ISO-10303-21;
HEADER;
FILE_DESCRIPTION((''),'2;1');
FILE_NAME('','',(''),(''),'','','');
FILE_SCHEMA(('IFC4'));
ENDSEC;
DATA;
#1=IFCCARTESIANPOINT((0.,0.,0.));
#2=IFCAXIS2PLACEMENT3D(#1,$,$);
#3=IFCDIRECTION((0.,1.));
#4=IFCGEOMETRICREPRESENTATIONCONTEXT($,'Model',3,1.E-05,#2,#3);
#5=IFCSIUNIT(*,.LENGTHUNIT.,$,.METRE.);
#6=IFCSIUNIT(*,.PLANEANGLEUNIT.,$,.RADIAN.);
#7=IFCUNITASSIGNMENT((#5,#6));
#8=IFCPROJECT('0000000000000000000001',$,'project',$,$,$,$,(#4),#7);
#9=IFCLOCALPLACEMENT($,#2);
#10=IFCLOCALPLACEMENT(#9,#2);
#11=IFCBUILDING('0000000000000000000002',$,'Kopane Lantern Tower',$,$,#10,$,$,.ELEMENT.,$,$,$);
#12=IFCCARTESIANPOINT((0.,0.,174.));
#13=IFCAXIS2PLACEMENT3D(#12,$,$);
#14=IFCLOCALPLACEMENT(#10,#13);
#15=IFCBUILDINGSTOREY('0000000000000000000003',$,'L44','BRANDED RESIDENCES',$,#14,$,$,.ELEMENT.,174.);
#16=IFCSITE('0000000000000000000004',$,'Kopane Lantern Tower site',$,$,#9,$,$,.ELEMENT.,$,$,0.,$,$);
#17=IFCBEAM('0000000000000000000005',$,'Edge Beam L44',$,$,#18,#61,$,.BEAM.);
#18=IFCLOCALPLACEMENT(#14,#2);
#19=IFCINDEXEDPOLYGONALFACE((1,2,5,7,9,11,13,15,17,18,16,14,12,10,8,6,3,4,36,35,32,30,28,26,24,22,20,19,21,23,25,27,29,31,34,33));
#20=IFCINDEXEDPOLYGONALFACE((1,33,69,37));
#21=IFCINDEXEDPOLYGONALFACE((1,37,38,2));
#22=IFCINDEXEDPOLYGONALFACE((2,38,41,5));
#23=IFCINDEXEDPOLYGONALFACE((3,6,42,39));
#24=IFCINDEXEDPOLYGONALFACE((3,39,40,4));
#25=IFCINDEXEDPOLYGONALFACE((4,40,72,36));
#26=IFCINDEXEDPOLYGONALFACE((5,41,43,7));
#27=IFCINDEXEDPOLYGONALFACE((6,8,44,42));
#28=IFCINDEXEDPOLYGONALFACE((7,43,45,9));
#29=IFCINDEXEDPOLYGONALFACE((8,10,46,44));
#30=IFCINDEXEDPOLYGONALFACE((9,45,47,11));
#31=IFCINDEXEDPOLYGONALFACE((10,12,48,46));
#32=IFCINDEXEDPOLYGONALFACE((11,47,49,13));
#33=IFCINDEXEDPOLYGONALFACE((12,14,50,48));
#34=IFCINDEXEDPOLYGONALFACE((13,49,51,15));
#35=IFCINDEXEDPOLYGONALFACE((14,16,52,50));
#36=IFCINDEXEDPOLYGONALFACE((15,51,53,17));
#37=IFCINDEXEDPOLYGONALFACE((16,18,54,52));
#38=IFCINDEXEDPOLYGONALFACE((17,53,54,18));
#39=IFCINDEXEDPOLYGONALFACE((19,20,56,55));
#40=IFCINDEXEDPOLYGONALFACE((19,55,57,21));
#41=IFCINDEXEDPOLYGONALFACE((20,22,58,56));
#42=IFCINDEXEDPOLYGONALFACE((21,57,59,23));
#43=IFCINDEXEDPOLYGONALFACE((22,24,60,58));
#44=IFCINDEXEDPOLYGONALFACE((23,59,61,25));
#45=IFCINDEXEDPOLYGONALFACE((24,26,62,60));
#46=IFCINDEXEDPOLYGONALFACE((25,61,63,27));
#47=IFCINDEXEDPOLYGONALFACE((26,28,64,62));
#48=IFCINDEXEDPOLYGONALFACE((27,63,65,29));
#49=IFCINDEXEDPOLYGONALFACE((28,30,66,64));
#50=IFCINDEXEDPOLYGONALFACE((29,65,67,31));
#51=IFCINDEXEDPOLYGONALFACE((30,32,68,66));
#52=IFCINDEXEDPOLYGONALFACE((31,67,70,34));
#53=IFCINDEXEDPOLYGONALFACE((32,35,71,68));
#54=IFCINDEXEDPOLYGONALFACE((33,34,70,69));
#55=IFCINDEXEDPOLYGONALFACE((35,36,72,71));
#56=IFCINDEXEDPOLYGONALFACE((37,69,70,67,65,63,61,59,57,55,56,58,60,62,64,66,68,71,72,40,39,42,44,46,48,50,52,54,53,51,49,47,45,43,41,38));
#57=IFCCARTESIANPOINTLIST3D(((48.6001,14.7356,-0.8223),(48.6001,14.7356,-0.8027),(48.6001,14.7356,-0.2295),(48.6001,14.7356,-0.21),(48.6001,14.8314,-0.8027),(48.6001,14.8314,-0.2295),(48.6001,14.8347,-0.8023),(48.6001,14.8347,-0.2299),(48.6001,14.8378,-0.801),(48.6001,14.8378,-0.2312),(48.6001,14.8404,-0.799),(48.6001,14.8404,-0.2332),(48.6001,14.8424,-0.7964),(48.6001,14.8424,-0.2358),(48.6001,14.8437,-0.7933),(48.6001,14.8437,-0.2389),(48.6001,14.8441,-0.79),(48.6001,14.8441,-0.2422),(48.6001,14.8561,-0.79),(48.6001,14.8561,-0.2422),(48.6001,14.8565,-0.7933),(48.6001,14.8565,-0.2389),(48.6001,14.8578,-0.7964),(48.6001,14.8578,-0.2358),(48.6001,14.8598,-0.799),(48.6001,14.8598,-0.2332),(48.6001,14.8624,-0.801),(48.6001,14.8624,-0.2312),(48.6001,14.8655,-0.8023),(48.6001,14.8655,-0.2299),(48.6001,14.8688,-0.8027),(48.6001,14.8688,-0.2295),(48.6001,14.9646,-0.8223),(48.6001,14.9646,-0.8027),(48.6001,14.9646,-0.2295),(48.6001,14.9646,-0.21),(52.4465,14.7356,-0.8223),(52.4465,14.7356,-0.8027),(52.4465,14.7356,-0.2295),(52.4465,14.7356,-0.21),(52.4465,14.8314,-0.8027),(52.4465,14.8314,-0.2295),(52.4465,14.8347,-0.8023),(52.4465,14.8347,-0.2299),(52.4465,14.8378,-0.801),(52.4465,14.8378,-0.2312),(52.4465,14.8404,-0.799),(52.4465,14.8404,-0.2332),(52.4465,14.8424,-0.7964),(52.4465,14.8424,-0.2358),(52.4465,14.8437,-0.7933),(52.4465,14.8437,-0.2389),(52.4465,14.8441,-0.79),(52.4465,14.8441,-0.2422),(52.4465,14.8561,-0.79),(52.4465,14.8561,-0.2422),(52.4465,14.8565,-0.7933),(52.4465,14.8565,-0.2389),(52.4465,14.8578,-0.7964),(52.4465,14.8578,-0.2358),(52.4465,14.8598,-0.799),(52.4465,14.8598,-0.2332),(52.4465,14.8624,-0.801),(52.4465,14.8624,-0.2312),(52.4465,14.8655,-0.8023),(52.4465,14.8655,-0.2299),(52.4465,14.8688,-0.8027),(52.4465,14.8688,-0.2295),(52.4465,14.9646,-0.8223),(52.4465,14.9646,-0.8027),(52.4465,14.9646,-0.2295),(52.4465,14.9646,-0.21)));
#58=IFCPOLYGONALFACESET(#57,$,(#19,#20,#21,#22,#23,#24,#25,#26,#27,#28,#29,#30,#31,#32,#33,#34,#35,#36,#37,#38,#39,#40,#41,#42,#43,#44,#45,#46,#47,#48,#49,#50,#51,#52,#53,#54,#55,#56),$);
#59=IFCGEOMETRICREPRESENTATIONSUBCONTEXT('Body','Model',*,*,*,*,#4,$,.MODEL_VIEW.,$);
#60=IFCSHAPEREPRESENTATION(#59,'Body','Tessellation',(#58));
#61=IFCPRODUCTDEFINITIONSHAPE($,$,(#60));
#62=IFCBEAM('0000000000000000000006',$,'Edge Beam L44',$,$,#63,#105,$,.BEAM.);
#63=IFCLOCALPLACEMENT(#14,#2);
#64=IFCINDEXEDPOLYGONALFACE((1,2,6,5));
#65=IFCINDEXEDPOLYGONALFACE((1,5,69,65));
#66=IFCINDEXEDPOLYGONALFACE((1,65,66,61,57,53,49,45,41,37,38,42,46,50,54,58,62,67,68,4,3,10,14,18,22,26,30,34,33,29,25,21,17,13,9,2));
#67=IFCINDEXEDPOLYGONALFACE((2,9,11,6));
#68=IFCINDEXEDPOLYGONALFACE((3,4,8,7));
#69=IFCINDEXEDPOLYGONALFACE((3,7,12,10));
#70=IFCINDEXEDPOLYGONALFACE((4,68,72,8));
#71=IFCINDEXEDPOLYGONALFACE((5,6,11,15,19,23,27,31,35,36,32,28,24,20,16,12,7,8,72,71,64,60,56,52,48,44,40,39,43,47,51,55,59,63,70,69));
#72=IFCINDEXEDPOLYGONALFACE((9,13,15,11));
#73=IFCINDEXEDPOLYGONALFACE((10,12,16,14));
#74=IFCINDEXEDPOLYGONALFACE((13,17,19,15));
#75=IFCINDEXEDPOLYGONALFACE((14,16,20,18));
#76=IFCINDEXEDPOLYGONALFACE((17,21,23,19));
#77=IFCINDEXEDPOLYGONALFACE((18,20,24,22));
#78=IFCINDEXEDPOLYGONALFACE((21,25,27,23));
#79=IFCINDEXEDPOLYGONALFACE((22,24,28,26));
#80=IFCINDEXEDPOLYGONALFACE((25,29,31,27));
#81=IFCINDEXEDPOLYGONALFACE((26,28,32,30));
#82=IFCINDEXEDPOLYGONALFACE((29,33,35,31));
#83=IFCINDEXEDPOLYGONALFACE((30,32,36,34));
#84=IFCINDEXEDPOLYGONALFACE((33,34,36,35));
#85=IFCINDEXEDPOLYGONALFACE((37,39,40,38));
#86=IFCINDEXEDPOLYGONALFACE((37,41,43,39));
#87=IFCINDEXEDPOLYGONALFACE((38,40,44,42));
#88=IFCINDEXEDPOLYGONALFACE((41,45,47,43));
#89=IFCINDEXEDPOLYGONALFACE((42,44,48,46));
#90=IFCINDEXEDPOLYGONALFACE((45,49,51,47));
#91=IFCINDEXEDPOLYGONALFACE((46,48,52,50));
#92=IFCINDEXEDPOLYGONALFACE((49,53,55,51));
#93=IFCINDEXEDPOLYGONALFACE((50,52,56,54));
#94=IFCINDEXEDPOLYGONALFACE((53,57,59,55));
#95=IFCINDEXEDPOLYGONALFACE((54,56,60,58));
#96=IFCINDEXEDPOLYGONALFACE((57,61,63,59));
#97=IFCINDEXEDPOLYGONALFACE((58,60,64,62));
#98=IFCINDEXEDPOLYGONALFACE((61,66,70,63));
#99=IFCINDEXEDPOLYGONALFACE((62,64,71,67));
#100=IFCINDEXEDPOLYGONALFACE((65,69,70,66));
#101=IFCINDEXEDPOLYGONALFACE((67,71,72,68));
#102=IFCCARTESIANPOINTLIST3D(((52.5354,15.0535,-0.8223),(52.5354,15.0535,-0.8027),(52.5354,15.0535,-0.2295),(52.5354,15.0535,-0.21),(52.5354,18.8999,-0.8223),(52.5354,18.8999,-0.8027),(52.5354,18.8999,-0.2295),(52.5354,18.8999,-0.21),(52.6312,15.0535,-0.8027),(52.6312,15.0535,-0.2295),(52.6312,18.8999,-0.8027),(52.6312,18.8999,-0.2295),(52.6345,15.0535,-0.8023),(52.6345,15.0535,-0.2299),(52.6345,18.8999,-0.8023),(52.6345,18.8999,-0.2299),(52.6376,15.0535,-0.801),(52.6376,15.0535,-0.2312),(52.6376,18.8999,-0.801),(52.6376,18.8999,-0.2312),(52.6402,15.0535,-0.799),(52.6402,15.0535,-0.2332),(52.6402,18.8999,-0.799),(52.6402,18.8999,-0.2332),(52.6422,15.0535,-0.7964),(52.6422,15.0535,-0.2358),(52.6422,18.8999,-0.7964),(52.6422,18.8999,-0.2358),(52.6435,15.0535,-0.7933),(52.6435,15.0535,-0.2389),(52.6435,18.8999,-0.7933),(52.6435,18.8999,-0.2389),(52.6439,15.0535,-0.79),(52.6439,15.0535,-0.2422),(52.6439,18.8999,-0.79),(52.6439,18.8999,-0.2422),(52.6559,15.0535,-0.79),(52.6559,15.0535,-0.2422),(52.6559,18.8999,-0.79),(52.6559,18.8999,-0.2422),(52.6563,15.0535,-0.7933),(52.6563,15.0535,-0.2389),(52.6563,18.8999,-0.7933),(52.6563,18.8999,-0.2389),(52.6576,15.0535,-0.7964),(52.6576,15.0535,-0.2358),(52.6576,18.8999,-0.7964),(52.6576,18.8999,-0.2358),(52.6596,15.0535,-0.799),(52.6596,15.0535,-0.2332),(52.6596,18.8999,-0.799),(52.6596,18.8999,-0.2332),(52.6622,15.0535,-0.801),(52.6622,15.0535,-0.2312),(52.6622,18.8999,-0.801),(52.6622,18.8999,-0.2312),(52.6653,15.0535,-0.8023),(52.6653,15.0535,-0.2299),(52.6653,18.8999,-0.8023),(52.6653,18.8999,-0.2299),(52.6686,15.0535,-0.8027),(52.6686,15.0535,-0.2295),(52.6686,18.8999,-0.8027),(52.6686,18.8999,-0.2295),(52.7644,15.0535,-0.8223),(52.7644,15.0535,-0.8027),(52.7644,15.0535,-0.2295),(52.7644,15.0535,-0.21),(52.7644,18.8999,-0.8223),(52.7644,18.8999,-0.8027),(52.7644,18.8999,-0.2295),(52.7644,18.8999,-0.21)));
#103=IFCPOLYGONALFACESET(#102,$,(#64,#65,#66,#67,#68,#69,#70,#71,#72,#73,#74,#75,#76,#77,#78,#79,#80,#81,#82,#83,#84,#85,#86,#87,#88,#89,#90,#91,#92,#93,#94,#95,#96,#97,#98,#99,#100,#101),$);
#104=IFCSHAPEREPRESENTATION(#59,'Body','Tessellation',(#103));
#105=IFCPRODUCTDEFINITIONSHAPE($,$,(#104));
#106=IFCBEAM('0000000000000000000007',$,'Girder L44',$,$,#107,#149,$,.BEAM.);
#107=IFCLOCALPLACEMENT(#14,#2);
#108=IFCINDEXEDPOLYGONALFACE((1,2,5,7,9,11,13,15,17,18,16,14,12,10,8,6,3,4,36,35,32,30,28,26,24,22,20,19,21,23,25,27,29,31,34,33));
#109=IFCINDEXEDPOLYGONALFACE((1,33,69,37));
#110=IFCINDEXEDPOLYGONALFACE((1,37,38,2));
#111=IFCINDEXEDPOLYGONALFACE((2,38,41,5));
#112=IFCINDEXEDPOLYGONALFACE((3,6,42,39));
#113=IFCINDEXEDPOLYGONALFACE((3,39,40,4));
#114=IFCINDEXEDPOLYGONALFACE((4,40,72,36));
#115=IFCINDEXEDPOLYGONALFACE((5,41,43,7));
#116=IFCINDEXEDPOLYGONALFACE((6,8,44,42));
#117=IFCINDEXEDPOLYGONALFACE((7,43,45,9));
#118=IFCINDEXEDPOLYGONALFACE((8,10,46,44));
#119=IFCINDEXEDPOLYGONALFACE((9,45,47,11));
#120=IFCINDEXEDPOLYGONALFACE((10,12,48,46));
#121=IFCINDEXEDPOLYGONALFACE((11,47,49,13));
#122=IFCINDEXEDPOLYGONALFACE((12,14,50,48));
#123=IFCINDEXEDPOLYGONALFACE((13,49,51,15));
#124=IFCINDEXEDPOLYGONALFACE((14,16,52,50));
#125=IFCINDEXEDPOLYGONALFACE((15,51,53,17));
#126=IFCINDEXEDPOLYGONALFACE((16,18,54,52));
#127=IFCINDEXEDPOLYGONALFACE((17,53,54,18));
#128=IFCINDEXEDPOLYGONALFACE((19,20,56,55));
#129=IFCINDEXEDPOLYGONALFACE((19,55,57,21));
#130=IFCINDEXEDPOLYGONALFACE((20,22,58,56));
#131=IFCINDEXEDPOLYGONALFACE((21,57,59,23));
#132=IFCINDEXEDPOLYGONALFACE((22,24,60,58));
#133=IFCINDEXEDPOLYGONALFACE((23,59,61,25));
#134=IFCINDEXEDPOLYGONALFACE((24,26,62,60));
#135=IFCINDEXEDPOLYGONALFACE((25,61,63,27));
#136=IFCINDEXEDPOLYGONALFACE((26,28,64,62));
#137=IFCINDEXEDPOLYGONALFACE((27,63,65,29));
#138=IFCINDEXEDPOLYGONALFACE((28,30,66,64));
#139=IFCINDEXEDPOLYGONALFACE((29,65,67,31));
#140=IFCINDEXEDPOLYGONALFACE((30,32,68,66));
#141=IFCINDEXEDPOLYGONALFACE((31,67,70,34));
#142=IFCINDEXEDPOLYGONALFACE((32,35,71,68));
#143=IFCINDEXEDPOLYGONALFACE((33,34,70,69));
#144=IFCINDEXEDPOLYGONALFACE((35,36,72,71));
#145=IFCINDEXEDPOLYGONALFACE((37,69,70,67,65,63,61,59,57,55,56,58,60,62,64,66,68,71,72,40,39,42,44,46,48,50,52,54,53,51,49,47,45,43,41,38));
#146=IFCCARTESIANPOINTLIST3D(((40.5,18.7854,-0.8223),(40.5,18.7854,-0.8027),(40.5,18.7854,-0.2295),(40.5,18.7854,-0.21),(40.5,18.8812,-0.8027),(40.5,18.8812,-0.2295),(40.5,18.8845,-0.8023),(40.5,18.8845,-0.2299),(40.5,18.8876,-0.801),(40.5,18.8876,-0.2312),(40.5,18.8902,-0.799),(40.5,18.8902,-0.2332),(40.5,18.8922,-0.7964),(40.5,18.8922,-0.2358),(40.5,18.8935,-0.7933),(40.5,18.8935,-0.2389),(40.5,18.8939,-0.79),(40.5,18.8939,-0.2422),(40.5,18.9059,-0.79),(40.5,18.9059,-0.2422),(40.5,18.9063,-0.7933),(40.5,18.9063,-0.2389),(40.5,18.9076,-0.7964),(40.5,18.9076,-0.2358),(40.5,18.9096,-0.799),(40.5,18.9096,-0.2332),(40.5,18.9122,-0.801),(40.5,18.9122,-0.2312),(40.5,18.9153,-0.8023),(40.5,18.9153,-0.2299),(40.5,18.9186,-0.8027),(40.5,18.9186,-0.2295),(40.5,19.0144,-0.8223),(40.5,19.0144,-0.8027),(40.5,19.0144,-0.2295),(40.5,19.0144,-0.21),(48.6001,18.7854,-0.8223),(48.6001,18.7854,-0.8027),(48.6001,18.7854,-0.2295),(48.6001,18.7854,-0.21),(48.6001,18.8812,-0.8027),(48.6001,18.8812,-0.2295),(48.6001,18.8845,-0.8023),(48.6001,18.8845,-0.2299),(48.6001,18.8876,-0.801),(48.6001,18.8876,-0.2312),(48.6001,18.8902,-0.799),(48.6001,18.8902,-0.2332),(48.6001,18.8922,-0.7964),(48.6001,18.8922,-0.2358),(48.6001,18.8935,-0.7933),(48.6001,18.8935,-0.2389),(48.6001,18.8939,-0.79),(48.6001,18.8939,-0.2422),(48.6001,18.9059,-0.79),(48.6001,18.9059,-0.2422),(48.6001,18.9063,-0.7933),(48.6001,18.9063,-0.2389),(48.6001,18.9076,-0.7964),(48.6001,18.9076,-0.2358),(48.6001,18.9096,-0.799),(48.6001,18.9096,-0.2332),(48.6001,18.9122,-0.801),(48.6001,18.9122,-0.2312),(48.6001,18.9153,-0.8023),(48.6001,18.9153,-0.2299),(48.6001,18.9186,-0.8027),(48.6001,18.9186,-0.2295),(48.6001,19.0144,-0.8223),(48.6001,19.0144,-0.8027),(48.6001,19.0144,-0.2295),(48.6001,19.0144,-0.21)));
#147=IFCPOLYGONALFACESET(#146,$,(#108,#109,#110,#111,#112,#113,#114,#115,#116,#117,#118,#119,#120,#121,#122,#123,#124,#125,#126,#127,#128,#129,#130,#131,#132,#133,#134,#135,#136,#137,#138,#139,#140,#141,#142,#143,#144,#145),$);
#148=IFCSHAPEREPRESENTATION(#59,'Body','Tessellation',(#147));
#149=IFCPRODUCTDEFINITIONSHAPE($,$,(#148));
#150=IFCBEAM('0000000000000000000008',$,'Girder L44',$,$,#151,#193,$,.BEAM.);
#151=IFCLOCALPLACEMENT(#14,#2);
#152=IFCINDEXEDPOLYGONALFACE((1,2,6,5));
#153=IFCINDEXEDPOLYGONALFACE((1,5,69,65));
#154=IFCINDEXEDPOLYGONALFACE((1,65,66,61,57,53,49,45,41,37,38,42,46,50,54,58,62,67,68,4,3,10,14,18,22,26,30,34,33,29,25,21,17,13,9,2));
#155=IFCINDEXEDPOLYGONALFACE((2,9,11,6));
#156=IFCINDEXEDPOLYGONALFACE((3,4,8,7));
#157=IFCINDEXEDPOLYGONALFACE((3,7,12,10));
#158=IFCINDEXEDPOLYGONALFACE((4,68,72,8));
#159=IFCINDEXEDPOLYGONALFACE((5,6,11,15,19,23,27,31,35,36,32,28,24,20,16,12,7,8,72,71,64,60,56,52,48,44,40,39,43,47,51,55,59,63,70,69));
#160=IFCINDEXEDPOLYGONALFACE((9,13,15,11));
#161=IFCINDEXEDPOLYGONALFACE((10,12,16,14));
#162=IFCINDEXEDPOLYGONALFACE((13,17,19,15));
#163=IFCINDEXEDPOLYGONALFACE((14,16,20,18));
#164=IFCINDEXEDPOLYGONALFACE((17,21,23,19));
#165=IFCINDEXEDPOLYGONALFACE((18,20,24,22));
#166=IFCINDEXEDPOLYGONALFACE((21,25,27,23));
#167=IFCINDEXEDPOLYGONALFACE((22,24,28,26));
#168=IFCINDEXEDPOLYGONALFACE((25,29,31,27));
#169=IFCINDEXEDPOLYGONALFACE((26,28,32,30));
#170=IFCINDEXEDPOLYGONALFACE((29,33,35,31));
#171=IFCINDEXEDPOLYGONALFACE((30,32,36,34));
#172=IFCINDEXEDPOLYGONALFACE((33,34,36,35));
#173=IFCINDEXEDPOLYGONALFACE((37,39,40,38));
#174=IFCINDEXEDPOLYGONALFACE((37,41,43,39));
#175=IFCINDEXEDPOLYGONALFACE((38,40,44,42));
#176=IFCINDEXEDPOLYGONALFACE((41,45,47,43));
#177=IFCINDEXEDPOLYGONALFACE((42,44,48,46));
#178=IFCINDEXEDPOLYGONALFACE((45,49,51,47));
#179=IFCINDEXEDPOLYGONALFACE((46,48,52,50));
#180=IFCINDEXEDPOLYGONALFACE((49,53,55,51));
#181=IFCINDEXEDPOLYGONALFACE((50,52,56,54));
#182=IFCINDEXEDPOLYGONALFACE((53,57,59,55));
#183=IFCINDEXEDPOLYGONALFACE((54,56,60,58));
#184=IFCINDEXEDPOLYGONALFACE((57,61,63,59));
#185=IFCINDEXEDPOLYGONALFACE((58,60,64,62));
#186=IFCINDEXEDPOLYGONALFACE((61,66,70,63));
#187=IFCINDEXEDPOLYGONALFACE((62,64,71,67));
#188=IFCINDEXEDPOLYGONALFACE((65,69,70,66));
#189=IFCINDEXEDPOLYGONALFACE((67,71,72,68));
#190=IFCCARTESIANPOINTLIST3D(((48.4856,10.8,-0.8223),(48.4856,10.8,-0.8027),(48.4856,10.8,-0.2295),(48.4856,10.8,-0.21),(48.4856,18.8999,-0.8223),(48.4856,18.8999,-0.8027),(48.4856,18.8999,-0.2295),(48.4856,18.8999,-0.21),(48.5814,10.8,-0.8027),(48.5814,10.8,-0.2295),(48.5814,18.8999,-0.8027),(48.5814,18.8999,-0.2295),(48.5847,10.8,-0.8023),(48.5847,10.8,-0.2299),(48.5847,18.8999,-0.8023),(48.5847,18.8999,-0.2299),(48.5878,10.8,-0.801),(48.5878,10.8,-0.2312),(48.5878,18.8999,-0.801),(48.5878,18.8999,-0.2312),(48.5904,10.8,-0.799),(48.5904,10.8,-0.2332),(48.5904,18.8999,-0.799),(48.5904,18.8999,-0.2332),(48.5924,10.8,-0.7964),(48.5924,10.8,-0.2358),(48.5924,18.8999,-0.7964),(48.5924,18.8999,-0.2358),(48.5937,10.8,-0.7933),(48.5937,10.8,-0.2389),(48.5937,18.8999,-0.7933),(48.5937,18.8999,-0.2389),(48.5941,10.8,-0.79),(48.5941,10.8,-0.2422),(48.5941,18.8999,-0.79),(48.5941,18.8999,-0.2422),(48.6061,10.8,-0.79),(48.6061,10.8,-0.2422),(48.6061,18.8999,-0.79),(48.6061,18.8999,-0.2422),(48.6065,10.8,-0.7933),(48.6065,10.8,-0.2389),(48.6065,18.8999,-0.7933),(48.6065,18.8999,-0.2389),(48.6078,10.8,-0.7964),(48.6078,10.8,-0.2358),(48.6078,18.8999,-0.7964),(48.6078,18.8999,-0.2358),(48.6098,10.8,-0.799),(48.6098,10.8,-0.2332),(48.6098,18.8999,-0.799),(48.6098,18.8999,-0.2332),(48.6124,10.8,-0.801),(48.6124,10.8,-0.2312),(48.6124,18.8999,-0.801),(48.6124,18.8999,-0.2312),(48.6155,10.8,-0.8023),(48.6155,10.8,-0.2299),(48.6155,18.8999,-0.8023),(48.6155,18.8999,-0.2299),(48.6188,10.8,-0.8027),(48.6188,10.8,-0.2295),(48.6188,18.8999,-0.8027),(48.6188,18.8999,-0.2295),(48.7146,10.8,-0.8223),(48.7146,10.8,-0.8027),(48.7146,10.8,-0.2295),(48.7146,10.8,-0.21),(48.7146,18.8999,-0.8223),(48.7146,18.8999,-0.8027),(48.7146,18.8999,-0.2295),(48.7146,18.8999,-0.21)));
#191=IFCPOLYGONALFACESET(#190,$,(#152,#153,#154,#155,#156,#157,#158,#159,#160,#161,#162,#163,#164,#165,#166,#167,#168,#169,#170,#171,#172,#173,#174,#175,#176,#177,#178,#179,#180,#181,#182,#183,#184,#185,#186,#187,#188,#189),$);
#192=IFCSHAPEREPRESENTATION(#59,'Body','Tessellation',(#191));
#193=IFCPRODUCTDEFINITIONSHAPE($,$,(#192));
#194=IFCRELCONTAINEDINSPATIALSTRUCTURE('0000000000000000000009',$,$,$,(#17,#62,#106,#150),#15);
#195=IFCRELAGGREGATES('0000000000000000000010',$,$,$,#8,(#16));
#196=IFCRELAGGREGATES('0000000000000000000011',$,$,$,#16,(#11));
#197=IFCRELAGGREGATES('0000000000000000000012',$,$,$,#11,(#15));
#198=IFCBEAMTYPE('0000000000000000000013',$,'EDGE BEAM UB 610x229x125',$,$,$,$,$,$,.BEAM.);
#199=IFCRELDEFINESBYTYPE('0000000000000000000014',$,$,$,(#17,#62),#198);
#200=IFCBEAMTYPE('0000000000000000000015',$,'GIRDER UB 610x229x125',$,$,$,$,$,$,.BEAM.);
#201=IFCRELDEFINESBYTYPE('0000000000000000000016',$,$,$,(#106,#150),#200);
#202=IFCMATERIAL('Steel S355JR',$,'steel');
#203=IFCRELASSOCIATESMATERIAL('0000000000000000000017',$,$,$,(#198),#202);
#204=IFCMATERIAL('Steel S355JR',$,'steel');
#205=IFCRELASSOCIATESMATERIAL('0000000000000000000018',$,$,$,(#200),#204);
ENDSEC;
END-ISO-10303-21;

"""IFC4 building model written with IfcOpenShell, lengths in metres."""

from ifc_helpers import new_model, si_unit, direction, frame, origin, origin_2d, place, context, subcontext, project, spatial, i_section, extrude, material, material_profile, profile_set, type_object, element, save


model = new_model("IFC4")

# Units and contexts
model_context = context("Model", 3, precision=1e-05, world=origin(), true_north=direction((0.0, 1.0)))
body_context = subcontext(model_context, "Body", "Model", "MODEL_VIEW")
ifc_project = project(units=[si_unit("LENGTHUNIT", "METRE"), si_unit("PLANEANGLEUNIT", "RADIAN")], contexts=[model_context])

# Site, building, storey
site_placement = place(None, origin())
site = spatial("IfcSite", under=ifc_project, at=site_placement, Name="Kopane Lantern Tower site", CompositionType="ELEMENT", RefElevation=0.0)
building_placement = place(site_placement, origin())
building = spatial("IfcBuilding", under=site, at=building_placement, Name="Kopane Lantern Tower", CompositionType="ELEMENT")
storey_placement = place(building_placement, frame((0.0, 0.0, 174.0)))
storey = spatial("IfcBuildingStorey", under=building, at=storey_placement, Name="L44", Description="BRANDED RESIDENCES", CompositionType="ELEMENT", Elevation=174.0)

# Beams
ifc_material_1 = material(Name="Steel S355JR", Category="steel")
ifc_material_profile_1 = material_profile(ifc_material_1, i_section(OverallWidth=0.229, OverallDepth=0.6123, WebThickness=0.012, FlangeThickness=0.0195, FilletRadius=0.0127, at=origin_2d()), Name="UB 610x229x125")
ifc_profile_set_1 = profile_set([ifc_material_profile_1], Name="Steel S355JR")
beam_type_1 = type_object("IfcBeamType", Name="EDGE BEAM UB 610x229x125", PredefinedType="BEAM", material=ifc_profile_set_1)
for number, where, z_axis, x_axis, name in (
    (1, (52.4465, 14.8501, -0.5161), (-1.0, 0.0, 0.0), (0.0, -1.0, 0.0), "Edge Beam L44"),
    (2, (52.6499, 15.0535, -0.5161), (0.0, 1.0, 0.0), (-1.0, 0.0, 0.0), "Edge Beam L44"),
):
    element("IfcBeam", number, at=place(storey_placement, frame(where, z_axis=z_axis, x_axis=x_axis)), inside=storey, type_object=beam_type_1, Name=name, PredefinedType="BEAM", context=body_context, shape_type="SweptSolid", body=[
        extrude(i_section(OverallWidth=0.229, OverallDepth=0.6123, WebThickness=0.012, FlangeThickness=0.0195, FilletRadius=0.0127, at=origin_2d()), origin(), (0.0, 0.0, 1.0), 3.8464),
    ])
ifc_material_2 = material(Name="Steel S355JR", Category="steel")
ifc_material_profile_2 = material_profile(ifc_material_2, i_section(OverallWidth=0.229, OverallDepth=0.6123, WebThickness=0.012, FlangeThickness=0.0195, FilletRadius=0.0127, at=origin_2d()), Name="UB 610x229x125")
ifc_profile_set_2 = profile_set([ifc_material_profile_2], Name="Steel S355JR")
beam_type_2 = type_object("IfcBeamType", Name="GIRDER UB 610x229x125", PredefinedType="BEAM", material=ifc_profile_set_2)
beam_1_placement = place(storey_placement, frame((40.5, 18.8999, -0.5161), z_axis=(1.0, 0.0, 0.0), x_axis=(0.0, 1.0, 0.0)))
element("IfcBeam", 3, at=beam_1_placement, inside=storey, type_object=beam_type_2, Name="Girder L44", PredefinedType="BEAM", context=body_context, shape_type="SweptSolid", body=[
    extrude(i_section(OverallWidth=0.229, OverallDepth=0.6123, WebThickness=0.012, FlangeThickness=0.0195, FilletRadius=0.0127, at=origin_2d()), origin(), (0.0, 0.0, 1.0), 8.1001),
])
beam_2_placement = place(storey_placement, frame((48.6001, 10.8, -0.5161), z_axis=(0.0, 1.0, 0.0), x_axis=(-1.0, 0.0, 0.0)))
element("IfcBeam", 4, at=beam_2_placement, inside=storey, type_object=beam_type_2, Name="Girder L44", PredefinedType="BEAM", context=body_context, shape_type="SweptSolid", body=[
    extrude(i_section(OverallWidth=0.229, OverallDepth=0.6123, WebThickness=0.012, FlangeThickness=0.0195, FilletRadius=0.0127, at=origin_2d()), origin(), (0.0, 0.0, 1.0), 8.0999),
])

save(model, "model.ifc")
